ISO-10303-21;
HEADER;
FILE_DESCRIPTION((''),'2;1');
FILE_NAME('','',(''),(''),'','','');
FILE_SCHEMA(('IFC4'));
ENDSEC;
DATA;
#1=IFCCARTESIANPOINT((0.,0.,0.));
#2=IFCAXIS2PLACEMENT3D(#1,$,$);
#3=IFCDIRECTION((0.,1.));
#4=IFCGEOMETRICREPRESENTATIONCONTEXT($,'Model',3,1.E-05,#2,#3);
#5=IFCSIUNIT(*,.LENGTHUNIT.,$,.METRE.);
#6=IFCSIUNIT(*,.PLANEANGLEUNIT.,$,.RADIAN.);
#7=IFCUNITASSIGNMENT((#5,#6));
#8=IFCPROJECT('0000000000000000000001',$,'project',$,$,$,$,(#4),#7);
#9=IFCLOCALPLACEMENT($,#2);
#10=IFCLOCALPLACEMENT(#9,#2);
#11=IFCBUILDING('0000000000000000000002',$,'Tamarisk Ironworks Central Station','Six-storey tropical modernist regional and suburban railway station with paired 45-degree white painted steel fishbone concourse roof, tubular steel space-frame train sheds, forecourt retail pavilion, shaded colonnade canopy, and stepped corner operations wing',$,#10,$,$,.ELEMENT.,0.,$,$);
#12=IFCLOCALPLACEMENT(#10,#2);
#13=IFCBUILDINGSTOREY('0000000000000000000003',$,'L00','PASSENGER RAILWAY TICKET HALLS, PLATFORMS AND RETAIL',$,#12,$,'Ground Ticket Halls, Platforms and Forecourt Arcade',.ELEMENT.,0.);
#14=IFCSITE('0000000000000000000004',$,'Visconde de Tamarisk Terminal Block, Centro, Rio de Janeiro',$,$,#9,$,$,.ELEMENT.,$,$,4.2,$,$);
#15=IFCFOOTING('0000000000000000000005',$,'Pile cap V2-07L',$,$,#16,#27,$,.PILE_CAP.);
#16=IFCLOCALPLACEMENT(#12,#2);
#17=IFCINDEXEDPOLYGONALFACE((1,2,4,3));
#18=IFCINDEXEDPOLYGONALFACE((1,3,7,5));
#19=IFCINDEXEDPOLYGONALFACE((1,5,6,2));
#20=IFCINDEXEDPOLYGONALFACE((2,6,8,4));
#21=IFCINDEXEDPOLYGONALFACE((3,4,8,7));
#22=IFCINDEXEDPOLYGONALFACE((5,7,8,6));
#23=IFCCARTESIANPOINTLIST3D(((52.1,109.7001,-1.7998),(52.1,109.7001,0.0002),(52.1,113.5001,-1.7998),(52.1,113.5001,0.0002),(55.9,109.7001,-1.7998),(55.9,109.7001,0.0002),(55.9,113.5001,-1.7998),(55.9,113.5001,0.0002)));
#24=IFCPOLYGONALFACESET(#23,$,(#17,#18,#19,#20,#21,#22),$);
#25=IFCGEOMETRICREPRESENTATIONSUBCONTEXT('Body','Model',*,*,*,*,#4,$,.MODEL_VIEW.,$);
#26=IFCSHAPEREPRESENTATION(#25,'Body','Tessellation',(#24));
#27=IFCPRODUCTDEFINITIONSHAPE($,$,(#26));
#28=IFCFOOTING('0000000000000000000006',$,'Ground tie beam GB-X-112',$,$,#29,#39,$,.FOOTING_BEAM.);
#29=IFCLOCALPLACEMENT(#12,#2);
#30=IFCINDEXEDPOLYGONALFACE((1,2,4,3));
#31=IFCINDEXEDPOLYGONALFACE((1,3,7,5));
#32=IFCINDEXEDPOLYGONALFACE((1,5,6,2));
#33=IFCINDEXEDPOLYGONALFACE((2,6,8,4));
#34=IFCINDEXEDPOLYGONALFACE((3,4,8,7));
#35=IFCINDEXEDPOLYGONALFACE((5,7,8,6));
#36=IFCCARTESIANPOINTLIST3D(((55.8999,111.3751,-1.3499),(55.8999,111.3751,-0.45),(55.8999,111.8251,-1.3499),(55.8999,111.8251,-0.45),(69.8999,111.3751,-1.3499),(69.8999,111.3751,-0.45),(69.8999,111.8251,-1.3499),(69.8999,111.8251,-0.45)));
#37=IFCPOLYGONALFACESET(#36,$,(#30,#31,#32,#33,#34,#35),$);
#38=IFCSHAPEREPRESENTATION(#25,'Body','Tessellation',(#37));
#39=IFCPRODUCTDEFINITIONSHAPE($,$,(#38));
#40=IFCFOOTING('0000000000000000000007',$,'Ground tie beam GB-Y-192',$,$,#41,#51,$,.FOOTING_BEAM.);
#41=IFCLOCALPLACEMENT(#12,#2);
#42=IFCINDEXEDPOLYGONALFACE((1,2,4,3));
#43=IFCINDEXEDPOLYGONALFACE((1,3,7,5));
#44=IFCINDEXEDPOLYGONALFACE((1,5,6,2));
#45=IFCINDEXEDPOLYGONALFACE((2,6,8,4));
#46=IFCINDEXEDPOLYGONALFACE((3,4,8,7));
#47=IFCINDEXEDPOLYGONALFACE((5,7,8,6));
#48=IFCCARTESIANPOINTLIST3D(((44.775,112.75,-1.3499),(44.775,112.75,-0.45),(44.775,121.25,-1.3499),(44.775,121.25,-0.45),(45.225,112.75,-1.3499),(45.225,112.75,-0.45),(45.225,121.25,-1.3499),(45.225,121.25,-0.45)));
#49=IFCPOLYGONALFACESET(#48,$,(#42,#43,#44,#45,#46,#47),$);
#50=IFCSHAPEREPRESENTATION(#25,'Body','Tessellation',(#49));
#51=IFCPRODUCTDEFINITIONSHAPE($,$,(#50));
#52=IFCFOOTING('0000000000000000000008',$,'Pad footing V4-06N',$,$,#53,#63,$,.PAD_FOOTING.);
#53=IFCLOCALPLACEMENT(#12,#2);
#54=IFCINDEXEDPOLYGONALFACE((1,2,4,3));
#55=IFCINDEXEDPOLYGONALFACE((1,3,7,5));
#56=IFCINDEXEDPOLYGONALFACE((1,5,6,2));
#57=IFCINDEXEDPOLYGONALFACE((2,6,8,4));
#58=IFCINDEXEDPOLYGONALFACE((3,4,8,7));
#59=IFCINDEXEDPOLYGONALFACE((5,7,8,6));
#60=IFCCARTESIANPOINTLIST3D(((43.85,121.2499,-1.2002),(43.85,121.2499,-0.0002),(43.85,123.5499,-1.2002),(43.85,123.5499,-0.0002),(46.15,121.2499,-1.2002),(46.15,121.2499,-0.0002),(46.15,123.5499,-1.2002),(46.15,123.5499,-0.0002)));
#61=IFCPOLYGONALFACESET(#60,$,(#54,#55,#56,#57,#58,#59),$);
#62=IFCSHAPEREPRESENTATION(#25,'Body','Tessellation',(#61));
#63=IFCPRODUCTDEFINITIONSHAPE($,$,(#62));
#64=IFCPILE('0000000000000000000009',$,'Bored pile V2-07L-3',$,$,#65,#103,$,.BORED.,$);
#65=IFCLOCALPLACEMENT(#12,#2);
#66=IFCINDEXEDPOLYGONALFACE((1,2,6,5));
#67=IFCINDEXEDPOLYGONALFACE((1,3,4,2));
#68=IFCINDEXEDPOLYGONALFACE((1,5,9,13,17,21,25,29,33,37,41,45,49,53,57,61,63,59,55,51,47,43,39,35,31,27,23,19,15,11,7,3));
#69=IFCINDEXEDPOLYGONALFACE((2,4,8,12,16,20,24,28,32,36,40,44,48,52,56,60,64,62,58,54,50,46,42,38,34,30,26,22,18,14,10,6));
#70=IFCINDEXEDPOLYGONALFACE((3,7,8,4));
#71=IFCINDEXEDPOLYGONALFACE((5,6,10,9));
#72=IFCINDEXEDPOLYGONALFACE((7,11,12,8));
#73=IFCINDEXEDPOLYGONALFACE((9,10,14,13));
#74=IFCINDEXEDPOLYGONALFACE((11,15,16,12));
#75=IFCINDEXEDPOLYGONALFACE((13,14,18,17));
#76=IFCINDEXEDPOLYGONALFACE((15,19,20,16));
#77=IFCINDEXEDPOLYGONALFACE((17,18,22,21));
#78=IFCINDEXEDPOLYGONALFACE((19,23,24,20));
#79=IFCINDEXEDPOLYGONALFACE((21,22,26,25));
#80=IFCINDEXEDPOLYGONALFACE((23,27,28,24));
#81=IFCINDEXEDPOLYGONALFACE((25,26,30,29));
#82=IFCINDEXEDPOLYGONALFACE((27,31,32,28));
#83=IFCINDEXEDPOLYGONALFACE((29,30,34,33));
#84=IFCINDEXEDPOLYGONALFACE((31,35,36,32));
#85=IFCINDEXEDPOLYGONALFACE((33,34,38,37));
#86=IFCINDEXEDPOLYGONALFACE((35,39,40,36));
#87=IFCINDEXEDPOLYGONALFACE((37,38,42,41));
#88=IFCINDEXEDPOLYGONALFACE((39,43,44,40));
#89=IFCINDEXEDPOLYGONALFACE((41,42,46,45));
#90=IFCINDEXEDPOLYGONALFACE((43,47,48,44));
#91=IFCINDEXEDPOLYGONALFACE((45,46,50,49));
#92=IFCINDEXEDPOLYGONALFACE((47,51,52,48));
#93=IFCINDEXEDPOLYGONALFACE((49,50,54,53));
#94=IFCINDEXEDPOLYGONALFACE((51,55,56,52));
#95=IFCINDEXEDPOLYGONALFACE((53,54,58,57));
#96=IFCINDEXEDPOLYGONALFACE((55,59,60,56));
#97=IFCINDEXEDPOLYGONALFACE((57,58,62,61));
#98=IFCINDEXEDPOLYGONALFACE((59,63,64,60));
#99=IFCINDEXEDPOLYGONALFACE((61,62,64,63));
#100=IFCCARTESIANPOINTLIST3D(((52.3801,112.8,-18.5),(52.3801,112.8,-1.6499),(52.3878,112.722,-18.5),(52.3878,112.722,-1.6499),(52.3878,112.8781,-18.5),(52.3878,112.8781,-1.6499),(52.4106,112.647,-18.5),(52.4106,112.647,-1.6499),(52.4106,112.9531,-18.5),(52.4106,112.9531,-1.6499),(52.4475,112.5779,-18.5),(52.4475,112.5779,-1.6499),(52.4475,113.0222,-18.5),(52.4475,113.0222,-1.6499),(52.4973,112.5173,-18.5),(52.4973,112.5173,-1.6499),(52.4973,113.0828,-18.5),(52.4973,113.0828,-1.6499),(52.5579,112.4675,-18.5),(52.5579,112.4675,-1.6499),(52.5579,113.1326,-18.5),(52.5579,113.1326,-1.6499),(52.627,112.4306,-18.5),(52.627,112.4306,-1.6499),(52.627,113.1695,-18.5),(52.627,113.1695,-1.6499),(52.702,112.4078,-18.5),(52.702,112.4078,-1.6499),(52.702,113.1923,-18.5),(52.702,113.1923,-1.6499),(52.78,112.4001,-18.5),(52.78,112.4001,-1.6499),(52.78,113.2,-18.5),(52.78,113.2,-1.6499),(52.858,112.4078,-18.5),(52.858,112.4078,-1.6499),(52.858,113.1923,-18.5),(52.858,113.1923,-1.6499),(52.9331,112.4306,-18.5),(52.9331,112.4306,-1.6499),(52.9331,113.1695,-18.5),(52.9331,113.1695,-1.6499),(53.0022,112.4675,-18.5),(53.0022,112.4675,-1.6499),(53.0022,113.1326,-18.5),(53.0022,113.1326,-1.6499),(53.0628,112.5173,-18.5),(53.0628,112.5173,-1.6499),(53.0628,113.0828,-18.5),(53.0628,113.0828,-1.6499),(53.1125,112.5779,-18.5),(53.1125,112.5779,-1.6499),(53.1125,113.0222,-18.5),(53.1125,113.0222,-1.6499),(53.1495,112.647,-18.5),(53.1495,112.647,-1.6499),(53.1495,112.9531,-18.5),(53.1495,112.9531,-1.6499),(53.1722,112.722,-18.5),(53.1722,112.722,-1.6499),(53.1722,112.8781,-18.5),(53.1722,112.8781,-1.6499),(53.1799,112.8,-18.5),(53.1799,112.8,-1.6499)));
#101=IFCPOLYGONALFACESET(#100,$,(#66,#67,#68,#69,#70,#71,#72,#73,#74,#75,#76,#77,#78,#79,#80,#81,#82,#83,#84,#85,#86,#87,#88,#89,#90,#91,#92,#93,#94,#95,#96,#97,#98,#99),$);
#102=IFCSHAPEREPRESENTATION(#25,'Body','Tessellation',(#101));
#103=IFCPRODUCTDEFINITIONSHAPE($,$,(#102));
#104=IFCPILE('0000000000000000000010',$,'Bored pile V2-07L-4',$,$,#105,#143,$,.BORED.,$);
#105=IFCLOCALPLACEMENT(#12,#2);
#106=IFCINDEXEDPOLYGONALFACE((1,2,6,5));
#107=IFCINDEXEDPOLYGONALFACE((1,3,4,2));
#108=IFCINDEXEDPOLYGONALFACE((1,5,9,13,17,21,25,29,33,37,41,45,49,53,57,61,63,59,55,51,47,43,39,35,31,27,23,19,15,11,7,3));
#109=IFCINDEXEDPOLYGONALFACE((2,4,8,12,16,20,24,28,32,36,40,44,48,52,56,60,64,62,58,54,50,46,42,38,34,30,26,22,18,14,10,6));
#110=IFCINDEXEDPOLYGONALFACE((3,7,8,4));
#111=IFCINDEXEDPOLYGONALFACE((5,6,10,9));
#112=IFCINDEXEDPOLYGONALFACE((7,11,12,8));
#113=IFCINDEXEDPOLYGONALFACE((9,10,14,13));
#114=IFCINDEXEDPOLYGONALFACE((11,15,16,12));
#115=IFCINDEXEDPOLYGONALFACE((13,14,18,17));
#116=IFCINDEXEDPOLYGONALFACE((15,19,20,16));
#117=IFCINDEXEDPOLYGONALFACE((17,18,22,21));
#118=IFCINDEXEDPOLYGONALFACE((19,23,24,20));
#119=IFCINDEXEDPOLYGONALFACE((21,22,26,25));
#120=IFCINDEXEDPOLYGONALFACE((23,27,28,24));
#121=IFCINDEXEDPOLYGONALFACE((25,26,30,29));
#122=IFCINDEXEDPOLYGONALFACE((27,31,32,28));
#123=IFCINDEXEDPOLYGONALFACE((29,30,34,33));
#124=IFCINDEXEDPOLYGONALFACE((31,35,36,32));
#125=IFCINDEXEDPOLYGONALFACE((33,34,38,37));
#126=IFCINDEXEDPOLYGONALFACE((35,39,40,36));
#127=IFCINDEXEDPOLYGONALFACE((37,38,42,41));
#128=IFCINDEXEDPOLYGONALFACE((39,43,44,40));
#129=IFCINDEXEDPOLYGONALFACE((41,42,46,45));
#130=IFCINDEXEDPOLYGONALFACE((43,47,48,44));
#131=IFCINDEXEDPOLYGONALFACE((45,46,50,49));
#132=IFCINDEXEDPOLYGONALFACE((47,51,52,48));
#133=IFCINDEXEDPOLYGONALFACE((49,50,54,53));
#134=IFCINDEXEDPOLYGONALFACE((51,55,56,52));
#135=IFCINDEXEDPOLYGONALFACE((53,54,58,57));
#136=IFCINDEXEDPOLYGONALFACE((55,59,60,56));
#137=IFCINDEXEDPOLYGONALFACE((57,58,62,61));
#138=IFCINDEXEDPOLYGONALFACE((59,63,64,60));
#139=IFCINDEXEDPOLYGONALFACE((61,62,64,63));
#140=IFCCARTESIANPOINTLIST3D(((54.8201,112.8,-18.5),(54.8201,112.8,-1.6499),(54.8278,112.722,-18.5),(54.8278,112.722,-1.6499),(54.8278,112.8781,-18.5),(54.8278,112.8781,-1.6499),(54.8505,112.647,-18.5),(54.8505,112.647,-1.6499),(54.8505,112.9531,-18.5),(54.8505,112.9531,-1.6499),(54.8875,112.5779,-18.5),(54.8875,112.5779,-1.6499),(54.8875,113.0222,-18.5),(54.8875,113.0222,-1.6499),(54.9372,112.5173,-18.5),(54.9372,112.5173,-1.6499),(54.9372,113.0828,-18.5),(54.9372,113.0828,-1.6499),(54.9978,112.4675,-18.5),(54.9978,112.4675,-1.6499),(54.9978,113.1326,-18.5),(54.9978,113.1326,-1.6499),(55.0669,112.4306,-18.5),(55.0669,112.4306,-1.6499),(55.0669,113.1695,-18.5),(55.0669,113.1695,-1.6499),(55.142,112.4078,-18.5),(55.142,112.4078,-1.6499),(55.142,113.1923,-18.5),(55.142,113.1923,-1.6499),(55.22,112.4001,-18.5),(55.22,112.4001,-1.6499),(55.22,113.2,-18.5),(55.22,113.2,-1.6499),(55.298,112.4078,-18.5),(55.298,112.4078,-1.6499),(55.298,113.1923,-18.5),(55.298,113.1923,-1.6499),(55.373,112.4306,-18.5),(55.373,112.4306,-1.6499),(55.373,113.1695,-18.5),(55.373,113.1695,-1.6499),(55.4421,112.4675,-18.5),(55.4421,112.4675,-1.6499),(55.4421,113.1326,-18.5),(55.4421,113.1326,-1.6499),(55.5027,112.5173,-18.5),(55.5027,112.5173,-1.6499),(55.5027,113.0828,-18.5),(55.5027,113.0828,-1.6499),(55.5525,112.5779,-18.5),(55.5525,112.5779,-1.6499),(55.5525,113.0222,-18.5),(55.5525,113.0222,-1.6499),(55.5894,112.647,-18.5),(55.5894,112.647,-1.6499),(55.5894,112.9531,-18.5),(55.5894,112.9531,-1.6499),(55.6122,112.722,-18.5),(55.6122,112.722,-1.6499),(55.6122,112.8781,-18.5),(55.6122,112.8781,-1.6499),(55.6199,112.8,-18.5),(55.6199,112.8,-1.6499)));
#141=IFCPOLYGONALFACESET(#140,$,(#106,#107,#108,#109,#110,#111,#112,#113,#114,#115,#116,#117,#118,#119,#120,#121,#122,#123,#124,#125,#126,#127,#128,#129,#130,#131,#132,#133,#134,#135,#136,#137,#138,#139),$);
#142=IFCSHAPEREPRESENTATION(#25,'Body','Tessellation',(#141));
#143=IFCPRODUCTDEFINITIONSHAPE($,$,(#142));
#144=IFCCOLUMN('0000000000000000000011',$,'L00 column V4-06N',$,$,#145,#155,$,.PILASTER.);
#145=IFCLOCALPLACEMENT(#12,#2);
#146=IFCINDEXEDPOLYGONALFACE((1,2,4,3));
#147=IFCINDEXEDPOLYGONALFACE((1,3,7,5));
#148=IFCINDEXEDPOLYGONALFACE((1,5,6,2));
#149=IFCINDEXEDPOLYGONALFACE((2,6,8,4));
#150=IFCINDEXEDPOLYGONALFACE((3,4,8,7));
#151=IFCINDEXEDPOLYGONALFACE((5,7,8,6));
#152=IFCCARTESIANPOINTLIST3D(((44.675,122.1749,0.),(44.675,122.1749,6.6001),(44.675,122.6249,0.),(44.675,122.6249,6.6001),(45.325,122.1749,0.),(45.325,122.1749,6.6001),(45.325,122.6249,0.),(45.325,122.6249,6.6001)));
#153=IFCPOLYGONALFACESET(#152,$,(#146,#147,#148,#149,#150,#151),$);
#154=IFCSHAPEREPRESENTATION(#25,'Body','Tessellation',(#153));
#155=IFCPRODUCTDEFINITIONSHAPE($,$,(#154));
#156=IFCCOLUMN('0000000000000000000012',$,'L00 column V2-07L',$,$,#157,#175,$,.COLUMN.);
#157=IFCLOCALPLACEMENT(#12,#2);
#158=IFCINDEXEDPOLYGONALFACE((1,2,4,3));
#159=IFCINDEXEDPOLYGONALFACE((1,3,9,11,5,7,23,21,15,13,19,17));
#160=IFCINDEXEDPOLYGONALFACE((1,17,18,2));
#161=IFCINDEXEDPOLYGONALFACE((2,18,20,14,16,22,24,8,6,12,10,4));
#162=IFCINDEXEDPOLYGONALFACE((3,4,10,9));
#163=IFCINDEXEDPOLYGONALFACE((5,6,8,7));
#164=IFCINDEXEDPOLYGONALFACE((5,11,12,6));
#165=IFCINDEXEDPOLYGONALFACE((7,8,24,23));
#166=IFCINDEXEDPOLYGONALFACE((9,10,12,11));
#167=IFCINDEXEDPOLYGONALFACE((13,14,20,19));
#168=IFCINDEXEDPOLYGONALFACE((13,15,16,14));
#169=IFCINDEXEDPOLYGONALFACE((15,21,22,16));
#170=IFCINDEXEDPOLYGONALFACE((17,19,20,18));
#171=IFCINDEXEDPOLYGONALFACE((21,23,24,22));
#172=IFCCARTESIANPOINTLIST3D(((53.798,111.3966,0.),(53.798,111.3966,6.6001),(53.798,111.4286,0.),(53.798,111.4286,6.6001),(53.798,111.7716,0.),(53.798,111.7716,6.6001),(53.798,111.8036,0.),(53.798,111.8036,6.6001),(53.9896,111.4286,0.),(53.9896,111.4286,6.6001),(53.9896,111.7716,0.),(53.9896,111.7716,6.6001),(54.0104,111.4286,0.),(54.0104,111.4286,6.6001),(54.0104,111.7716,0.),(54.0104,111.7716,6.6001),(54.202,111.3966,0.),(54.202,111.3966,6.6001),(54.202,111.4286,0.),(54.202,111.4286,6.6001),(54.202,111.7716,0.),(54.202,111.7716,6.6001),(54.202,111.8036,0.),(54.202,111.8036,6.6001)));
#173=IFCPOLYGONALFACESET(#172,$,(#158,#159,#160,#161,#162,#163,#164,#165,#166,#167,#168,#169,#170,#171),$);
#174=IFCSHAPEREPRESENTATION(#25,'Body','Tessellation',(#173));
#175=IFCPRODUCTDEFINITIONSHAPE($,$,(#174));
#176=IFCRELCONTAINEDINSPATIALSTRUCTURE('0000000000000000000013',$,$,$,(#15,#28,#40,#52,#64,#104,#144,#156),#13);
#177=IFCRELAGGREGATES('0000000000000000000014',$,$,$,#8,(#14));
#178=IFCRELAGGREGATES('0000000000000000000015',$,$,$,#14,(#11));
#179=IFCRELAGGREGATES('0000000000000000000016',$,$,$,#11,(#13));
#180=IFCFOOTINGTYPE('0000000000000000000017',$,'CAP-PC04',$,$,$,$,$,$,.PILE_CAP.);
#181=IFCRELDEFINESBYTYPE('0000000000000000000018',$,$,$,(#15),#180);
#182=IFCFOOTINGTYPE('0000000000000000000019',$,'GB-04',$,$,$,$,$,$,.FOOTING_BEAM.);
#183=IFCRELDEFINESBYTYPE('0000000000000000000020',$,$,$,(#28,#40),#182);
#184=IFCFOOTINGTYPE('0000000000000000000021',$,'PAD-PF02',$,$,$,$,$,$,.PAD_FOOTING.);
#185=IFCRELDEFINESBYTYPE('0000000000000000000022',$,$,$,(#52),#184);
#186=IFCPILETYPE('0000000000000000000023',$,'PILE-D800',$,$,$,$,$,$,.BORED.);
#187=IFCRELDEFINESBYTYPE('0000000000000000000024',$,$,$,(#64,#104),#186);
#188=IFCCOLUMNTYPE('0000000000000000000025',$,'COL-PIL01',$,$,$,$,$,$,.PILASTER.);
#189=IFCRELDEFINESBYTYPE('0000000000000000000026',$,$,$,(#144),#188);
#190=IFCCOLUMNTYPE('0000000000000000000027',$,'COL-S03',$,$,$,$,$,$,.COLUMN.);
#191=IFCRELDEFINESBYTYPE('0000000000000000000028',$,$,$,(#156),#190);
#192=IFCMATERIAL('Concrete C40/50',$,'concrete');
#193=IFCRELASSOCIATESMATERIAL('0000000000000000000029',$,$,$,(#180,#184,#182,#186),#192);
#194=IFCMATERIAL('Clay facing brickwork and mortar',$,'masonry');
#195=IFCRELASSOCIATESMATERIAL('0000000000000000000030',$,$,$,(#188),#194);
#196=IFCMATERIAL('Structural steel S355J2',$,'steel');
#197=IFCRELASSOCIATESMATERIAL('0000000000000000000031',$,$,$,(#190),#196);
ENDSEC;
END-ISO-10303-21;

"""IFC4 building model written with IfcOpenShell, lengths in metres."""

from ifc_helpers import new_model, si_unit, direction, frame, origin, origin_2d, place, context, subcontext, project, spatial, rectangle, circle, i_section, extrude, material, material_profile, profile_set, type_object, element, save


model = new_model("IFC4")

# Units and contexts
model_context = context("Model", 3, precision=1e-05, world=origin(), true_north=direction((0.0, 1.0)))
body_context = subcontext(model_context, "Body", "Model", "MODEL_VIEW")
ifc_project = project(units=[si_unit("LENGTHUNIT", "METRE"), si_unit("PLANEANGLEUNIT", "RADIAN")], contexts=[model_context])

# Site, building, storey
site_placement = place(None, origin())
site = spatial("IfcSite", under=ifc_project, at=site_placement, Name="Visconde de Tamarisk Terminal Block, Centro, Rio de Janeiro", CompositionType="ELEMENT", RefElevation=4.2)
building_placement = place(site_placement, origin())
building = spatial("IfcBuilding", under=site, at=building_placement, Name="Tamarisk Ironworks Central Station", Description="Six-storey tropical modernist regional and suburban railway station with paired 45-degree white painted steel fishbone concourse roof, tubular steel space-frame train sheds, forecourt retail pavilion, shaded colonnade canopy, and stepped corner operations wing", CompositionType="ELEMENT", ElevationOfRefHeight=0.0)
storey_placement = place(building_placement, origin())
storey = spatial("IfcBuildingStorey", under=building, at=storey_placement, Name="L00", Description="PASSENGER RAILWAY TICKET HALLS, PLATFORMS AND RETAIL", LongName="Ground Ticket Halls, Platforms and Forecourt Arcade", CompositionType="ELEMENT", Elevation=0.0)

# Footings
ifc_material_1 = material(Name="Concrete C40/50", Category="concrete")
footing_type_1 = type_object("IfcFootingType", Name="CAP-PC04", PredefinedType="PILE_CAP", material=ifc_material_1)
footing_1_placement = place(storey_placement, frame((54.0, 111.6001, -1.7998), z_axis=(0.0, 0.0, 1.0), x_axis=(1.0, 0.0, 0.0)))
element("IfcFooting", 1, at=footing_1_placement, inside=storey, type_object=footing_type_1, Name="Pile cap V2-07L", PredefinedType="PILE_CAP", context=body_context, shape_type="SweptSolid", body=[
    extrude(rectangle(XDim=3.8, YDim=3.8, at=origin_2d()), origin(), (0.0, 0.0, 1.0), 1.8),
])
ifc_material_profile_1 = material_profile(ifc_material_1, rectangle(XDim=0.45, YDim=0.8999, at=origin_2d()), Name="GB04 450x900")
ifc_profile_set_1 = profile_set([ifc_material_profile_1], Name="Concrete C40/50")
footing_type_2 = type_object("IfcFootingType", Name="GB-04", PredefinedType="FOOTING_BEAM", material=ifc_profile_set_1)
footing_2_placement = place(storey_placement, frame((55.8999, 111.6001, -0.8999), z_axis=(1.0, 0.0, 0.0), x_axis=(0.0, 1.0, 0.0)))
element("IfcFooting", 2, at=footing_2_placement, inside=storey, type_object=footing_type_2, Name="Ground tie beam GB-X-112", PredefinedType="FOOTING_BEAM", context=body_context, shape_type="SweptSolid", body=[
    extrude(rectangle(XDim=0.45, YDim=0.8999, at=origin_2d()), origin(), (0.0, 0.0, 1.0), 14.0),
])
footing_3_placement = place(storey_placement, frame((45.0, 112.75, -0.8999), z_axis=(0.0, 1.0, 0.0), x_axis=(-1.0, 0.0, 0.0)))
element("IfcFooting", 3, at=footing_3_placement, inside=storey, type_object=footing_type_2, Name="Ground tie beam GB-Y-192", PredefinedType="FOOTING_BEAM", context=body_context, shape_type="SweptSolid", body=[
    extrude(rectangle(XDim=0.45, YDim=0.8999, at=origin_2d()), origin(), (0.0, 0.0, 1.0), 8.5),
])
footing_type_3 = type_object("IfcFootingType", Name="PAD-PF02", PredefinedType="PAD_FOOTING", material=ifc_material_1)
footing_4_placement = place(storey_placement, frame((45.0, 122.3999, -1.2002), z_axis=(0.0, 0.0, 1.0), x_axis=(1.0, 0.0, 0.0)))
element("IfcFooting", 4, at=footing_4_placement, inside=storey, type_object=footing_type_3, Name="Pad footing V4-06N", PredefinedType="PAD_FOOTING", context=body_context, shape_type="SweptSolid", body=[
    extrude(rectangle(XDim=2.3, YDim=2.3, at=origin_2d()), origin(), (0.0, 0.0, 1.0), 1.2),
])

# Piles
ifc_material_profile_2 = material_profile(ifc_material_1, circle(Radius=0.3999, at=origin_2d()), Name="BORED PILE D800")
ifc_profile_set_2 = profile_set([ifc_material_profile_2], Name="Concrete C40/50")
pile_type = type_object("IfcPileType", Name="PILE-D800", PredefinedType="BORED", material=ifc_profile_set_2)
for number, where, z_axis, x_axis, name in (
    (5, (52.78, 112.8, -1.6499), (0.0, 0.0, -1.0), (1.0, 0.0, 0.0), "Bored pile V2-07L-3"),
    (6, (55.22, 112.8, -1.6499), (0.0, 0.0, -1.0), (1.0, 0.0, 0.0), "Bored pile V2-07L-4"),
):
    element("IfcPile", number, at=place(storey_placement, frame(where, z_axis=z_axis, x_axis=x_axis)), inside=storey, type_object=pile_type, Name=name, PredefinedType="BORED", context=body_context, shape_type="SweptSolid", body=[
        extrude(circle(Radius=0.3999, at=origin_2d()), origin(), (0.0, 0.0, 1.0), 16.8501),
    ])

# Columns
ifc_material_2 = material(Name="Clay facing brickwork and mortar", Category="masonry")
ifc_material_profile_3 = material_profile(ifc_material_2, rectangle(XDim=0.6499, YDim=0.45, at=origin_2d()), Name="PIL 650x450")
ifc_profile_set_3 = profile_set([ifc_material_profile_3], Name="Clay facing brickwork and mortar")
column_type_1 = type_object("IfcColumnType", Name="COL-PIL01", PredefinedType="PILASTER", material=ifc_profile_set_3)
column_1_placement = place(storey_placement, frame((45.0, 122.3999, 0.0), z_axis=(0.0, 0.0, 1.0), x_axis=(1.0, 0.0, 0.0)))
element("IfcColumn", 7, at=column_1_placement, inside=storey, type_object=column_type_1, Name="L00 column V4-06N", PredefinedType="PILASTER", context=body_context, shape_type="SweptSolid", body=[
    extrude(rectangle(XDim=0.6499, YDim=0.45, at=origin_2d()), origin(), (0.0, 0.0, 1.0), 6.6001),
])
ifc_material_3 = material(Name="Structural steel S355J2", Category="steel")
ifc_material_profile_4 = material_profile(ifc_material_3, i_section(OverallWidth=0.4041, OverallDepth=0.407, WebThickness=0.0208, FlangeThickness=0.032, at=origin_2d()), Name="HD 400x347")
ifc_profile_set_4 = profile_set([ifc_material_profile_4], Name="Structural steel S355J2")
column_type_2 = type_object("IfcColumnType", Name="COL-S03", PredefinedType="COLUMN", material=ifc_profile_set_4)
column_2_placement = place(storey_placement, frame((54.0, 111.6001, 0.0), z_axis=(0.0, 0.0, 1.0), x_axis=(1.0, 0.0, 0.0)))
element("IfcColumn", 8, at=column_2_placement, inside=storey, type_object=column_type_2, Name="L00 column V2-07L", PredefinedType="COLUMN", context=body_context, shape_type="SweptSolid", body=[
    extrude(i_section(OverallWidth=0.4041, OverallDepth=0.407, WebThickness=0.0208, FlangeThickness=0.032, at=origin_2d()), origin(), (0.0, 0.0, 1.0), 6.6001),
])

save(model, "model.ifc")
